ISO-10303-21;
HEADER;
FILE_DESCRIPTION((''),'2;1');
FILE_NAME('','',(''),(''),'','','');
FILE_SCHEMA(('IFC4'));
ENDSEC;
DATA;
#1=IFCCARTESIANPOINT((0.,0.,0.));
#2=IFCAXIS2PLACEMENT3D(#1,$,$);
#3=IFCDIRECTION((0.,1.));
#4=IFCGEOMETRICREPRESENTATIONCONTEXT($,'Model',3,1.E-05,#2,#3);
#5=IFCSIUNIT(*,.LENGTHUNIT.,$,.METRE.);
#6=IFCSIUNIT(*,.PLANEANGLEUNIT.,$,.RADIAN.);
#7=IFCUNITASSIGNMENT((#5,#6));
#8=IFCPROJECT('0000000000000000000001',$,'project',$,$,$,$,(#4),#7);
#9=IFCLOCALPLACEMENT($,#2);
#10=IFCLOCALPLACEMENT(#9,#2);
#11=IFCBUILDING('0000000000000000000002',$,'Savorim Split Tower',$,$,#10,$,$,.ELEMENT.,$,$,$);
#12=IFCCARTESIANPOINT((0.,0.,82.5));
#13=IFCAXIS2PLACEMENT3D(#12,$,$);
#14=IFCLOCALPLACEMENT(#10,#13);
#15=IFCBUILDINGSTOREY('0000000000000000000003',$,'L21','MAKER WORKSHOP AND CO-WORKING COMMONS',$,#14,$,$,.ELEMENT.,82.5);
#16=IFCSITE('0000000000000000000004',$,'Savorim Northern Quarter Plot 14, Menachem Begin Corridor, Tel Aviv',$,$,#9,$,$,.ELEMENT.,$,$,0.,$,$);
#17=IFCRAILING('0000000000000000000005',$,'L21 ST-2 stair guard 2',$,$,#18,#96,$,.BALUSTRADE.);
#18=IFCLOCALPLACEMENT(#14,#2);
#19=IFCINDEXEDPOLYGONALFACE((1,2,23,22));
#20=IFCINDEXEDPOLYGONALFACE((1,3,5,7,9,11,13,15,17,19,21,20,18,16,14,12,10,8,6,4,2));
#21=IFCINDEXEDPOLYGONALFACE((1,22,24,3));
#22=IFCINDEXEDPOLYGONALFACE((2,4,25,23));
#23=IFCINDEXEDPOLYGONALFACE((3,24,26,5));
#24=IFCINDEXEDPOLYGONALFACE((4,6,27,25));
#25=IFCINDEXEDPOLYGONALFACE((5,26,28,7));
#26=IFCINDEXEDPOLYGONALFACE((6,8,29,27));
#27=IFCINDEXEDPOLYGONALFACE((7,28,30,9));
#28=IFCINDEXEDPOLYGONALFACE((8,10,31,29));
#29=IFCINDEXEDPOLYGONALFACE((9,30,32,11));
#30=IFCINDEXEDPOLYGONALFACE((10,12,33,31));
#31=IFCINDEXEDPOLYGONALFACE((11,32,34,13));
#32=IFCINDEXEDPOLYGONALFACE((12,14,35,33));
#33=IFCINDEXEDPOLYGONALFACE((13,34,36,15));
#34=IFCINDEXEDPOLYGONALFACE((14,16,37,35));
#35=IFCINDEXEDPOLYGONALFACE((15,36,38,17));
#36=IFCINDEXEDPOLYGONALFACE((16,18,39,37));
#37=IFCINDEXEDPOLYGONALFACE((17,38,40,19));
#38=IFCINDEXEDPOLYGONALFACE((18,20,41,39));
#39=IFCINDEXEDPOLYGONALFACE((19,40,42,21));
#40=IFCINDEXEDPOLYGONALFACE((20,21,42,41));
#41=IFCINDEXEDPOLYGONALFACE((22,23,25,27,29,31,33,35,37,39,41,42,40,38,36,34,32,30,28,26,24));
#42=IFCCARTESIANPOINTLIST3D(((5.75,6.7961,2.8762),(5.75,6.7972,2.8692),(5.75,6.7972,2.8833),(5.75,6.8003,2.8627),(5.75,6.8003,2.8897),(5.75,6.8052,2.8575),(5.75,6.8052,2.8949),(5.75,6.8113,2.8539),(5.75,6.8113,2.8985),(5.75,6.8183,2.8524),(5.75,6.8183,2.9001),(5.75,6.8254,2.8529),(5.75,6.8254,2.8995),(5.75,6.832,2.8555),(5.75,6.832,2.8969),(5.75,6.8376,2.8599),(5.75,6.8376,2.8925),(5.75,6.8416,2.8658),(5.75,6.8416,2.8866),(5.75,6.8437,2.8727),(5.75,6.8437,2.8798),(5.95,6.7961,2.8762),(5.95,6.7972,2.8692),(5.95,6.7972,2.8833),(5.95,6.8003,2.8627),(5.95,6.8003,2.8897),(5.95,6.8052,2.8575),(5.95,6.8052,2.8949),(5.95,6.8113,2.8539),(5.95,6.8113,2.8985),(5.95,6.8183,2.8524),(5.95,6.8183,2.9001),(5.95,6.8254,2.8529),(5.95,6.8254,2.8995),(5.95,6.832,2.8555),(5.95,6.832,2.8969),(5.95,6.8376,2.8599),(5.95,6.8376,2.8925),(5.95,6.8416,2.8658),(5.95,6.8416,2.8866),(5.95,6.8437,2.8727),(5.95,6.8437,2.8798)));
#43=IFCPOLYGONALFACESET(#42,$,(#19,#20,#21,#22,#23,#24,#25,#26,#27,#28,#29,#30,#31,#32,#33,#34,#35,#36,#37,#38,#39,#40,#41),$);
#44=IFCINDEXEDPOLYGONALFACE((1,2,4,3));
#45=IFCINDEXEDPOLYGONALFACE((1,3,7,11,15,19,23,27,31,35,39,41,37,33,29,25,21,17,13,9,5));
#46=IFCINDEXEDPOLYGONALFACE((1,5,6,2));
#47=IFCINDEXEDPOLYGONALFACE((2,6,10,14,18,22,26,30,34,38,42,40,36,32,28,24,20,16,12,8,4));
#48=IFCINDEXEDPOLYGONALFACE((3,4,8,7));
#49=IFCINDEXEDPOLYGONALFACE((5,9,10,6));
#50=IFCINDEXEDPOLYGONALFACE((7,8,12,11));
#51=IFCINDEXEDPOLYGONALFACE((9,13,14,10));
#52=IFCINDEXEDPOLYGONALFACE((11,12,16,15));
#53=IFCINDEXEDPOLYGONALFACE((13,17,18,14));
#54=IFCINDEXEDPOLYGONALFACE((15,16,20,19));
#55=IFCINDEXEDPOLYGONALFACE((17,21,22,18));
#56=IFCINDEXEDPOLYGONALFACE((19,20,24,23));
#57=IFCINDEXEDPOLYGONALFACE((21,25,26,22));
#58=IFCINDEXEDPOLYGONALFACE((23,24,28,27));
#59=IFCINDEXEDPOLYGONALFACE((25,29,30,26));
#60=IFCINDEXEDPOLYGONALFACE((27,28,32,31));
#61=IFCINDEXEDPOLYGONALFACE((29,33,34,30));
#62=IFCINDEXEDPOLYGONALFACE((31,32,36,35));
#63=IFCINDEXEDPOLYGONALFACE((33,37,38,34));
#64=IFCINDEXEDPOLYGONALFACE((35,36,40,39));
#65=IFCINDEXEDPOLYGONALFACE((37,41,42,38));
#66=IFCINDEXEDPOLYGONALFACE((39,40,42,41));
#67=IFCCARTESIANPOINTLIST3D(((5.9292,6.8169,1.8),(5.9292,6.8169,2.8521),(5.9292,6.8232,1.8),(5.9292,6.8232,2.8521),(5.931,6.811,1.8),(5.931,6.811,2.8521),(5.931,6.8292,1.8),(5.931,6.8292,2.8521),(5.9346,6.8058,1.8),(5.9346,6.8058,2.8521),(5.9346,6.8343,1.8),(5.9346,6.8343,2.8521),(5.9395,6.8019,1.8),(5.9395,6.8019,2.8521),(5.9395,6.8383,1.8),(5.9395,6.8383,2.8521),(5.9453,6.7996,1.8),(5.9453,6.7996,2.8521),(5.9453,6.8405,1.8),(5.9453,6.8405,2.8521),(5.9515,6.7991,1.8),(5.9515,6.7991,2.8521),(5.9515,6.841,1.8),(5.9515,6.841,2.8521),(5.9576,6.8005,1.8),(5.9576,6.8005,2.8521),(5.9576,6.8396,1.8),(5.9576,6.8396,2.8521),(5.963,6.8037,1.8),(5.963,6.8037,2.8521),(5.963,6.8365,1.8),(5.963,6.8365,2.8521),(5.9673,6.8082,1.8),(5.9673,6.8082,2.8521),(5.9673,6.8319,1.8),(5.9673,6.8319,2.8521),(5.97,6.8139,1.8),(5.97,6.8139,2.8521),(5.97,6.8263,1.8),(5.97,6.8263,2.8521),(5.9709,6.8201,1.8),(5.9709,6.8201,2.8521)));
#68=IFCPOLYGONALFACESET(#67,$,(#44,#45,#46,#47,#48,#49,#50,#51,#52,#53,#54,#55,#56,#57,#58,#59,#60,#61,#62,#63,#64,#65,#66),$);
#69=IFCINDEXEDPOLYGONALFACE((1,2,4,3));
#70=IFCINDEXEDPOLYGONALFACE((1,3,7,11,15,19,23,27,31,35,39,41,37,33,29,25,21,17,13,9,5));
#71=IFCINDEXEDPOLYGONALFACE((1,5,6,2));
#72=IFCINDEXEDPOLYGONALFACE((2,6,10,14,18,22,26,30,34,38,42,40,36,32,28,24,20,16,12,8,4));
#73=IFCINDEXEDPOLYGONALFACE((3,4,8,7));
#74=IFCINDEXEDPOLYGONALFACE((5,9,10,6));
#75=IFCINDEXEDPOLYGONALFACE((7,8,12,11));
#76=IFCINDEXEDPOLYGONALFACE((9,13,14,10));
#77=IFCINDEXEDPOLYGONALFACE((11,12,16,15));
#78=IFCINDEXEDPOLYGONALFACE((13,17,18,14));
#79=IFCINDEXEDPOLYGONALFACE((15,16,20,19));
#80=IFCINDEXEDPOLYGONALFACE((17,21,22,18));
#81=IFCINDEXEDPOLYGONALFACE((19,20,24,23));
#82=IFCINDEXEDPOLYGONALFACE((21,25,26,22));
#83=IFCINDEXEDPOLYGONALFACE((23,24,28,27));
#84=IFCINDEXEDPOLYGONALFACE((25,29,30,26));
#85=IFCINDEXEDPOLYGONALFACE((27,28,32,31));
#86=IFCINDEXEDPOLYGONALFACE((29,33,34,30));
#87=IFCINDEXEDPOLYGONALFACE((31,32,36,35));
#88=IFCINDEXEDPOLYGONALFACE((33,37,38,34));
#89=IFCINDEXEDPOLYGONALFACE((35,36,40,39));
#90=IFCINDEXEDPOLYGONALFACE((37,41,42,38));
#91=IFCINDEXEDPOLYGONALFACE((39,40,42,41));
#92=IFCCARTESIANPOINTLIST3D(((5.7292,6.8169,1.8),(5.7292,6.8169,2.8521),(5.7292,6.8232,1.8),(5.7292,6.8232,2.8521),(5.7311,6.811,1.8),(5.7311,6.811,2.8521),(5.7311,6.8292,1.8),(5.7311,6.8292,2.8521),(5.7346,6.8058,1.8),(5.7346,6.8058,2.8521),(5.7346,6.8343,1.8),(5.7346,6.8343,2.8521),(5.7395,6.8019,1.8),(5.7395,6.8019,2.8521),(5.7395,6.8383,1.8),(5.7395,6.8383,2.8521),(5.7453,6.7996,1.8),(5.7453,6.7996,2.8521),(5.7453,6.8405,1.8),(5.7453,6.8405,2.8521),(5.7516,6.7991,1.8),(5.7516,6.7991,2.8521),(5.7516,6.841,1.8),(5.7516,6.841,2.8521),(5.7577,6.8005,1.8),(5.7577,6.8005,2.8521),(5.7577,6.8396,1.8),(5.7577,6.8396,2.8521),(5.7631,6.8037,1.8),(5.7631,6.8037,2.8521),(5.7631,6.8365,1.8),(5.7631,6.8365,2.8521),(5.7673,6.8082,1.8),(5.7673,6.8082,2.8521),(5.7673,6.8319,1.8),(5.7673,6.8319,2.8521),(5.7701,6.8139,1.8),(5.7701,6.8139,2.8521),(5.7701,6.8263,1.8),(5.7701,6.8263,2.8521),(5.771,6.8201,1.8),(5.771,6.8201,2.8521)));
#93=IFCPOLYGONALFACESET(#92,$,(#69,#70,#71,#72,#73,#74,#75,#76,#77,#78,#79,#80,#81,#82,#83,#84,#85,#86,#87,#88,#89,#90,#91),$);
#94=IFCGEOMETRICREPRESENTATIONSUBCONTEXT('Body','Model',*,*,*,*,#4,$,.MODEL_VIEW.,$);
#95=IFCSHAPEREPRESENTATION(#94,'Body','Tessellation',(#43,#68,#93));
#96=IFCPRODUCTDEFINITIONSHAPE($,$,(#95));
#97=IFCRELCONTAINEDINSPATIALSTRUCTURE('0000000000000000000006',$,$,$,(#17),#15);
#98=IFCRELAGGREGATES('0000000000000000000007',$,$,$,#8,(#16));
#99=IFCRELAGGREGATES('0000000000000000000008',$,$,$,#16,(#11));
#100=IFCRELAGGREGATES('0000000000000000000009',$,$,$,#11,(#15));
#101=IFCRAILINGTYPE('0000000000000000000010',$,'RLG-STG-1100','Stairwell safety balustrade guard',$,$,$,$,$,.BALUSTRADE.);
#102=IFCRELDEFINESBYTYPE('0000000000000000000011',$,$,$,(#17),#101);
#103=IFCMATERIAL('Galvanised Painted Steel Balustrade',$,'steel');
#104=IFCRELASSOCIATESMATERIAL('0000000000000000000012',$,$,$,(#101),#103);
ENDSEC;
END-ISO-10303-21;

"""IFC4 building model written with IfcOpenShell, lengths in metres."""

from ifc_helpers import new_model, si_unit, direction, frame, origin, origin_2d, place, context, subcontext, project, spatial, circle, extrude, material, type_object, element, save


model = new_model("IFC4")

# Units and contexts
model_context = context("Model", 3, precision=1e-05, world=origin(), true_north=direction((0.0, 1.0)))
body_context = subcontext(model_context, "Body", "Model", "MODEL_VIEW")
ifc_project = project(units=[si_unit("LENGTHUNIT", "METRE"), si_unit("PLANEANGLEUNIT", "RADIAN")], contexts=[model_context])

# Site, building, storey
site_placement = place(None, origin())
site = spatial("IfcSite", under=ifc_project, at=site_placement, Name="Savorim Northern Quarter Plot 14, Menachem Begin Corridor, Tel Aviv", CompositionType="ELEMENT", RefElevation=0.0)
building_placement = place(site_placement, origin())
building = spatial("IfcBuilding", under=site, at=building_placement, Name="Savorim Split Tower", CompositionType="ELEMENT")
storey_placement = place(building_placement, frame((0.0, 0.0, 82.5)))
storey = spatial("IfcBuildingStorey", under=building, at=storey_placement, Name="L21", Description="MAKER WORKSHOP AND CO-WORKING COMMONS", CompositionType="ELEMENT", Elevation=82.5)

# Railing
ifc_material_1 = material(Name="Galvanised Painted Steel Balustrade", Category="steel")
railing_type_1 = type_object("IfcRailingType", Name="RLG-STG-1100", Description="Stairwell safety balustrade guard", PredefinedType="BALUSTRADE", material=ifc_material_1)
railing_1_placement = place(storey_placement, frame((5.95, 6.8201, 1.8)))
element("IfcRailing", 1, at=railing_1_placement, inside=storey, type_object=railing_type_1, Name="L21 ST-2 stair guard 2", PredefinedType="BALUSTRADE", context=body_context, shape_type="SweptSolid", body=[
    extrude(circle(Radius=0.0239, at=origin_2d()), frame((0.0, 0.0, 1.0762), z_axis=(-1.0, 0.0, 0.0), x_axis=(0.0, -1.0, 0.0)), (0.0, 0.0, 1.0), 0.2),
    extrude(circle(Radius=0.021, at=origin_2d()), origin(), (0.0, 0.0, 1.0), 1.052),
    extrude(circle(Radius=0.021, at=origin_2d()), frame((-0.2, 0.0, 0.0)), (0.0, 0.0, 1.0), 1.052),
])

save(model, "model.ifc")
